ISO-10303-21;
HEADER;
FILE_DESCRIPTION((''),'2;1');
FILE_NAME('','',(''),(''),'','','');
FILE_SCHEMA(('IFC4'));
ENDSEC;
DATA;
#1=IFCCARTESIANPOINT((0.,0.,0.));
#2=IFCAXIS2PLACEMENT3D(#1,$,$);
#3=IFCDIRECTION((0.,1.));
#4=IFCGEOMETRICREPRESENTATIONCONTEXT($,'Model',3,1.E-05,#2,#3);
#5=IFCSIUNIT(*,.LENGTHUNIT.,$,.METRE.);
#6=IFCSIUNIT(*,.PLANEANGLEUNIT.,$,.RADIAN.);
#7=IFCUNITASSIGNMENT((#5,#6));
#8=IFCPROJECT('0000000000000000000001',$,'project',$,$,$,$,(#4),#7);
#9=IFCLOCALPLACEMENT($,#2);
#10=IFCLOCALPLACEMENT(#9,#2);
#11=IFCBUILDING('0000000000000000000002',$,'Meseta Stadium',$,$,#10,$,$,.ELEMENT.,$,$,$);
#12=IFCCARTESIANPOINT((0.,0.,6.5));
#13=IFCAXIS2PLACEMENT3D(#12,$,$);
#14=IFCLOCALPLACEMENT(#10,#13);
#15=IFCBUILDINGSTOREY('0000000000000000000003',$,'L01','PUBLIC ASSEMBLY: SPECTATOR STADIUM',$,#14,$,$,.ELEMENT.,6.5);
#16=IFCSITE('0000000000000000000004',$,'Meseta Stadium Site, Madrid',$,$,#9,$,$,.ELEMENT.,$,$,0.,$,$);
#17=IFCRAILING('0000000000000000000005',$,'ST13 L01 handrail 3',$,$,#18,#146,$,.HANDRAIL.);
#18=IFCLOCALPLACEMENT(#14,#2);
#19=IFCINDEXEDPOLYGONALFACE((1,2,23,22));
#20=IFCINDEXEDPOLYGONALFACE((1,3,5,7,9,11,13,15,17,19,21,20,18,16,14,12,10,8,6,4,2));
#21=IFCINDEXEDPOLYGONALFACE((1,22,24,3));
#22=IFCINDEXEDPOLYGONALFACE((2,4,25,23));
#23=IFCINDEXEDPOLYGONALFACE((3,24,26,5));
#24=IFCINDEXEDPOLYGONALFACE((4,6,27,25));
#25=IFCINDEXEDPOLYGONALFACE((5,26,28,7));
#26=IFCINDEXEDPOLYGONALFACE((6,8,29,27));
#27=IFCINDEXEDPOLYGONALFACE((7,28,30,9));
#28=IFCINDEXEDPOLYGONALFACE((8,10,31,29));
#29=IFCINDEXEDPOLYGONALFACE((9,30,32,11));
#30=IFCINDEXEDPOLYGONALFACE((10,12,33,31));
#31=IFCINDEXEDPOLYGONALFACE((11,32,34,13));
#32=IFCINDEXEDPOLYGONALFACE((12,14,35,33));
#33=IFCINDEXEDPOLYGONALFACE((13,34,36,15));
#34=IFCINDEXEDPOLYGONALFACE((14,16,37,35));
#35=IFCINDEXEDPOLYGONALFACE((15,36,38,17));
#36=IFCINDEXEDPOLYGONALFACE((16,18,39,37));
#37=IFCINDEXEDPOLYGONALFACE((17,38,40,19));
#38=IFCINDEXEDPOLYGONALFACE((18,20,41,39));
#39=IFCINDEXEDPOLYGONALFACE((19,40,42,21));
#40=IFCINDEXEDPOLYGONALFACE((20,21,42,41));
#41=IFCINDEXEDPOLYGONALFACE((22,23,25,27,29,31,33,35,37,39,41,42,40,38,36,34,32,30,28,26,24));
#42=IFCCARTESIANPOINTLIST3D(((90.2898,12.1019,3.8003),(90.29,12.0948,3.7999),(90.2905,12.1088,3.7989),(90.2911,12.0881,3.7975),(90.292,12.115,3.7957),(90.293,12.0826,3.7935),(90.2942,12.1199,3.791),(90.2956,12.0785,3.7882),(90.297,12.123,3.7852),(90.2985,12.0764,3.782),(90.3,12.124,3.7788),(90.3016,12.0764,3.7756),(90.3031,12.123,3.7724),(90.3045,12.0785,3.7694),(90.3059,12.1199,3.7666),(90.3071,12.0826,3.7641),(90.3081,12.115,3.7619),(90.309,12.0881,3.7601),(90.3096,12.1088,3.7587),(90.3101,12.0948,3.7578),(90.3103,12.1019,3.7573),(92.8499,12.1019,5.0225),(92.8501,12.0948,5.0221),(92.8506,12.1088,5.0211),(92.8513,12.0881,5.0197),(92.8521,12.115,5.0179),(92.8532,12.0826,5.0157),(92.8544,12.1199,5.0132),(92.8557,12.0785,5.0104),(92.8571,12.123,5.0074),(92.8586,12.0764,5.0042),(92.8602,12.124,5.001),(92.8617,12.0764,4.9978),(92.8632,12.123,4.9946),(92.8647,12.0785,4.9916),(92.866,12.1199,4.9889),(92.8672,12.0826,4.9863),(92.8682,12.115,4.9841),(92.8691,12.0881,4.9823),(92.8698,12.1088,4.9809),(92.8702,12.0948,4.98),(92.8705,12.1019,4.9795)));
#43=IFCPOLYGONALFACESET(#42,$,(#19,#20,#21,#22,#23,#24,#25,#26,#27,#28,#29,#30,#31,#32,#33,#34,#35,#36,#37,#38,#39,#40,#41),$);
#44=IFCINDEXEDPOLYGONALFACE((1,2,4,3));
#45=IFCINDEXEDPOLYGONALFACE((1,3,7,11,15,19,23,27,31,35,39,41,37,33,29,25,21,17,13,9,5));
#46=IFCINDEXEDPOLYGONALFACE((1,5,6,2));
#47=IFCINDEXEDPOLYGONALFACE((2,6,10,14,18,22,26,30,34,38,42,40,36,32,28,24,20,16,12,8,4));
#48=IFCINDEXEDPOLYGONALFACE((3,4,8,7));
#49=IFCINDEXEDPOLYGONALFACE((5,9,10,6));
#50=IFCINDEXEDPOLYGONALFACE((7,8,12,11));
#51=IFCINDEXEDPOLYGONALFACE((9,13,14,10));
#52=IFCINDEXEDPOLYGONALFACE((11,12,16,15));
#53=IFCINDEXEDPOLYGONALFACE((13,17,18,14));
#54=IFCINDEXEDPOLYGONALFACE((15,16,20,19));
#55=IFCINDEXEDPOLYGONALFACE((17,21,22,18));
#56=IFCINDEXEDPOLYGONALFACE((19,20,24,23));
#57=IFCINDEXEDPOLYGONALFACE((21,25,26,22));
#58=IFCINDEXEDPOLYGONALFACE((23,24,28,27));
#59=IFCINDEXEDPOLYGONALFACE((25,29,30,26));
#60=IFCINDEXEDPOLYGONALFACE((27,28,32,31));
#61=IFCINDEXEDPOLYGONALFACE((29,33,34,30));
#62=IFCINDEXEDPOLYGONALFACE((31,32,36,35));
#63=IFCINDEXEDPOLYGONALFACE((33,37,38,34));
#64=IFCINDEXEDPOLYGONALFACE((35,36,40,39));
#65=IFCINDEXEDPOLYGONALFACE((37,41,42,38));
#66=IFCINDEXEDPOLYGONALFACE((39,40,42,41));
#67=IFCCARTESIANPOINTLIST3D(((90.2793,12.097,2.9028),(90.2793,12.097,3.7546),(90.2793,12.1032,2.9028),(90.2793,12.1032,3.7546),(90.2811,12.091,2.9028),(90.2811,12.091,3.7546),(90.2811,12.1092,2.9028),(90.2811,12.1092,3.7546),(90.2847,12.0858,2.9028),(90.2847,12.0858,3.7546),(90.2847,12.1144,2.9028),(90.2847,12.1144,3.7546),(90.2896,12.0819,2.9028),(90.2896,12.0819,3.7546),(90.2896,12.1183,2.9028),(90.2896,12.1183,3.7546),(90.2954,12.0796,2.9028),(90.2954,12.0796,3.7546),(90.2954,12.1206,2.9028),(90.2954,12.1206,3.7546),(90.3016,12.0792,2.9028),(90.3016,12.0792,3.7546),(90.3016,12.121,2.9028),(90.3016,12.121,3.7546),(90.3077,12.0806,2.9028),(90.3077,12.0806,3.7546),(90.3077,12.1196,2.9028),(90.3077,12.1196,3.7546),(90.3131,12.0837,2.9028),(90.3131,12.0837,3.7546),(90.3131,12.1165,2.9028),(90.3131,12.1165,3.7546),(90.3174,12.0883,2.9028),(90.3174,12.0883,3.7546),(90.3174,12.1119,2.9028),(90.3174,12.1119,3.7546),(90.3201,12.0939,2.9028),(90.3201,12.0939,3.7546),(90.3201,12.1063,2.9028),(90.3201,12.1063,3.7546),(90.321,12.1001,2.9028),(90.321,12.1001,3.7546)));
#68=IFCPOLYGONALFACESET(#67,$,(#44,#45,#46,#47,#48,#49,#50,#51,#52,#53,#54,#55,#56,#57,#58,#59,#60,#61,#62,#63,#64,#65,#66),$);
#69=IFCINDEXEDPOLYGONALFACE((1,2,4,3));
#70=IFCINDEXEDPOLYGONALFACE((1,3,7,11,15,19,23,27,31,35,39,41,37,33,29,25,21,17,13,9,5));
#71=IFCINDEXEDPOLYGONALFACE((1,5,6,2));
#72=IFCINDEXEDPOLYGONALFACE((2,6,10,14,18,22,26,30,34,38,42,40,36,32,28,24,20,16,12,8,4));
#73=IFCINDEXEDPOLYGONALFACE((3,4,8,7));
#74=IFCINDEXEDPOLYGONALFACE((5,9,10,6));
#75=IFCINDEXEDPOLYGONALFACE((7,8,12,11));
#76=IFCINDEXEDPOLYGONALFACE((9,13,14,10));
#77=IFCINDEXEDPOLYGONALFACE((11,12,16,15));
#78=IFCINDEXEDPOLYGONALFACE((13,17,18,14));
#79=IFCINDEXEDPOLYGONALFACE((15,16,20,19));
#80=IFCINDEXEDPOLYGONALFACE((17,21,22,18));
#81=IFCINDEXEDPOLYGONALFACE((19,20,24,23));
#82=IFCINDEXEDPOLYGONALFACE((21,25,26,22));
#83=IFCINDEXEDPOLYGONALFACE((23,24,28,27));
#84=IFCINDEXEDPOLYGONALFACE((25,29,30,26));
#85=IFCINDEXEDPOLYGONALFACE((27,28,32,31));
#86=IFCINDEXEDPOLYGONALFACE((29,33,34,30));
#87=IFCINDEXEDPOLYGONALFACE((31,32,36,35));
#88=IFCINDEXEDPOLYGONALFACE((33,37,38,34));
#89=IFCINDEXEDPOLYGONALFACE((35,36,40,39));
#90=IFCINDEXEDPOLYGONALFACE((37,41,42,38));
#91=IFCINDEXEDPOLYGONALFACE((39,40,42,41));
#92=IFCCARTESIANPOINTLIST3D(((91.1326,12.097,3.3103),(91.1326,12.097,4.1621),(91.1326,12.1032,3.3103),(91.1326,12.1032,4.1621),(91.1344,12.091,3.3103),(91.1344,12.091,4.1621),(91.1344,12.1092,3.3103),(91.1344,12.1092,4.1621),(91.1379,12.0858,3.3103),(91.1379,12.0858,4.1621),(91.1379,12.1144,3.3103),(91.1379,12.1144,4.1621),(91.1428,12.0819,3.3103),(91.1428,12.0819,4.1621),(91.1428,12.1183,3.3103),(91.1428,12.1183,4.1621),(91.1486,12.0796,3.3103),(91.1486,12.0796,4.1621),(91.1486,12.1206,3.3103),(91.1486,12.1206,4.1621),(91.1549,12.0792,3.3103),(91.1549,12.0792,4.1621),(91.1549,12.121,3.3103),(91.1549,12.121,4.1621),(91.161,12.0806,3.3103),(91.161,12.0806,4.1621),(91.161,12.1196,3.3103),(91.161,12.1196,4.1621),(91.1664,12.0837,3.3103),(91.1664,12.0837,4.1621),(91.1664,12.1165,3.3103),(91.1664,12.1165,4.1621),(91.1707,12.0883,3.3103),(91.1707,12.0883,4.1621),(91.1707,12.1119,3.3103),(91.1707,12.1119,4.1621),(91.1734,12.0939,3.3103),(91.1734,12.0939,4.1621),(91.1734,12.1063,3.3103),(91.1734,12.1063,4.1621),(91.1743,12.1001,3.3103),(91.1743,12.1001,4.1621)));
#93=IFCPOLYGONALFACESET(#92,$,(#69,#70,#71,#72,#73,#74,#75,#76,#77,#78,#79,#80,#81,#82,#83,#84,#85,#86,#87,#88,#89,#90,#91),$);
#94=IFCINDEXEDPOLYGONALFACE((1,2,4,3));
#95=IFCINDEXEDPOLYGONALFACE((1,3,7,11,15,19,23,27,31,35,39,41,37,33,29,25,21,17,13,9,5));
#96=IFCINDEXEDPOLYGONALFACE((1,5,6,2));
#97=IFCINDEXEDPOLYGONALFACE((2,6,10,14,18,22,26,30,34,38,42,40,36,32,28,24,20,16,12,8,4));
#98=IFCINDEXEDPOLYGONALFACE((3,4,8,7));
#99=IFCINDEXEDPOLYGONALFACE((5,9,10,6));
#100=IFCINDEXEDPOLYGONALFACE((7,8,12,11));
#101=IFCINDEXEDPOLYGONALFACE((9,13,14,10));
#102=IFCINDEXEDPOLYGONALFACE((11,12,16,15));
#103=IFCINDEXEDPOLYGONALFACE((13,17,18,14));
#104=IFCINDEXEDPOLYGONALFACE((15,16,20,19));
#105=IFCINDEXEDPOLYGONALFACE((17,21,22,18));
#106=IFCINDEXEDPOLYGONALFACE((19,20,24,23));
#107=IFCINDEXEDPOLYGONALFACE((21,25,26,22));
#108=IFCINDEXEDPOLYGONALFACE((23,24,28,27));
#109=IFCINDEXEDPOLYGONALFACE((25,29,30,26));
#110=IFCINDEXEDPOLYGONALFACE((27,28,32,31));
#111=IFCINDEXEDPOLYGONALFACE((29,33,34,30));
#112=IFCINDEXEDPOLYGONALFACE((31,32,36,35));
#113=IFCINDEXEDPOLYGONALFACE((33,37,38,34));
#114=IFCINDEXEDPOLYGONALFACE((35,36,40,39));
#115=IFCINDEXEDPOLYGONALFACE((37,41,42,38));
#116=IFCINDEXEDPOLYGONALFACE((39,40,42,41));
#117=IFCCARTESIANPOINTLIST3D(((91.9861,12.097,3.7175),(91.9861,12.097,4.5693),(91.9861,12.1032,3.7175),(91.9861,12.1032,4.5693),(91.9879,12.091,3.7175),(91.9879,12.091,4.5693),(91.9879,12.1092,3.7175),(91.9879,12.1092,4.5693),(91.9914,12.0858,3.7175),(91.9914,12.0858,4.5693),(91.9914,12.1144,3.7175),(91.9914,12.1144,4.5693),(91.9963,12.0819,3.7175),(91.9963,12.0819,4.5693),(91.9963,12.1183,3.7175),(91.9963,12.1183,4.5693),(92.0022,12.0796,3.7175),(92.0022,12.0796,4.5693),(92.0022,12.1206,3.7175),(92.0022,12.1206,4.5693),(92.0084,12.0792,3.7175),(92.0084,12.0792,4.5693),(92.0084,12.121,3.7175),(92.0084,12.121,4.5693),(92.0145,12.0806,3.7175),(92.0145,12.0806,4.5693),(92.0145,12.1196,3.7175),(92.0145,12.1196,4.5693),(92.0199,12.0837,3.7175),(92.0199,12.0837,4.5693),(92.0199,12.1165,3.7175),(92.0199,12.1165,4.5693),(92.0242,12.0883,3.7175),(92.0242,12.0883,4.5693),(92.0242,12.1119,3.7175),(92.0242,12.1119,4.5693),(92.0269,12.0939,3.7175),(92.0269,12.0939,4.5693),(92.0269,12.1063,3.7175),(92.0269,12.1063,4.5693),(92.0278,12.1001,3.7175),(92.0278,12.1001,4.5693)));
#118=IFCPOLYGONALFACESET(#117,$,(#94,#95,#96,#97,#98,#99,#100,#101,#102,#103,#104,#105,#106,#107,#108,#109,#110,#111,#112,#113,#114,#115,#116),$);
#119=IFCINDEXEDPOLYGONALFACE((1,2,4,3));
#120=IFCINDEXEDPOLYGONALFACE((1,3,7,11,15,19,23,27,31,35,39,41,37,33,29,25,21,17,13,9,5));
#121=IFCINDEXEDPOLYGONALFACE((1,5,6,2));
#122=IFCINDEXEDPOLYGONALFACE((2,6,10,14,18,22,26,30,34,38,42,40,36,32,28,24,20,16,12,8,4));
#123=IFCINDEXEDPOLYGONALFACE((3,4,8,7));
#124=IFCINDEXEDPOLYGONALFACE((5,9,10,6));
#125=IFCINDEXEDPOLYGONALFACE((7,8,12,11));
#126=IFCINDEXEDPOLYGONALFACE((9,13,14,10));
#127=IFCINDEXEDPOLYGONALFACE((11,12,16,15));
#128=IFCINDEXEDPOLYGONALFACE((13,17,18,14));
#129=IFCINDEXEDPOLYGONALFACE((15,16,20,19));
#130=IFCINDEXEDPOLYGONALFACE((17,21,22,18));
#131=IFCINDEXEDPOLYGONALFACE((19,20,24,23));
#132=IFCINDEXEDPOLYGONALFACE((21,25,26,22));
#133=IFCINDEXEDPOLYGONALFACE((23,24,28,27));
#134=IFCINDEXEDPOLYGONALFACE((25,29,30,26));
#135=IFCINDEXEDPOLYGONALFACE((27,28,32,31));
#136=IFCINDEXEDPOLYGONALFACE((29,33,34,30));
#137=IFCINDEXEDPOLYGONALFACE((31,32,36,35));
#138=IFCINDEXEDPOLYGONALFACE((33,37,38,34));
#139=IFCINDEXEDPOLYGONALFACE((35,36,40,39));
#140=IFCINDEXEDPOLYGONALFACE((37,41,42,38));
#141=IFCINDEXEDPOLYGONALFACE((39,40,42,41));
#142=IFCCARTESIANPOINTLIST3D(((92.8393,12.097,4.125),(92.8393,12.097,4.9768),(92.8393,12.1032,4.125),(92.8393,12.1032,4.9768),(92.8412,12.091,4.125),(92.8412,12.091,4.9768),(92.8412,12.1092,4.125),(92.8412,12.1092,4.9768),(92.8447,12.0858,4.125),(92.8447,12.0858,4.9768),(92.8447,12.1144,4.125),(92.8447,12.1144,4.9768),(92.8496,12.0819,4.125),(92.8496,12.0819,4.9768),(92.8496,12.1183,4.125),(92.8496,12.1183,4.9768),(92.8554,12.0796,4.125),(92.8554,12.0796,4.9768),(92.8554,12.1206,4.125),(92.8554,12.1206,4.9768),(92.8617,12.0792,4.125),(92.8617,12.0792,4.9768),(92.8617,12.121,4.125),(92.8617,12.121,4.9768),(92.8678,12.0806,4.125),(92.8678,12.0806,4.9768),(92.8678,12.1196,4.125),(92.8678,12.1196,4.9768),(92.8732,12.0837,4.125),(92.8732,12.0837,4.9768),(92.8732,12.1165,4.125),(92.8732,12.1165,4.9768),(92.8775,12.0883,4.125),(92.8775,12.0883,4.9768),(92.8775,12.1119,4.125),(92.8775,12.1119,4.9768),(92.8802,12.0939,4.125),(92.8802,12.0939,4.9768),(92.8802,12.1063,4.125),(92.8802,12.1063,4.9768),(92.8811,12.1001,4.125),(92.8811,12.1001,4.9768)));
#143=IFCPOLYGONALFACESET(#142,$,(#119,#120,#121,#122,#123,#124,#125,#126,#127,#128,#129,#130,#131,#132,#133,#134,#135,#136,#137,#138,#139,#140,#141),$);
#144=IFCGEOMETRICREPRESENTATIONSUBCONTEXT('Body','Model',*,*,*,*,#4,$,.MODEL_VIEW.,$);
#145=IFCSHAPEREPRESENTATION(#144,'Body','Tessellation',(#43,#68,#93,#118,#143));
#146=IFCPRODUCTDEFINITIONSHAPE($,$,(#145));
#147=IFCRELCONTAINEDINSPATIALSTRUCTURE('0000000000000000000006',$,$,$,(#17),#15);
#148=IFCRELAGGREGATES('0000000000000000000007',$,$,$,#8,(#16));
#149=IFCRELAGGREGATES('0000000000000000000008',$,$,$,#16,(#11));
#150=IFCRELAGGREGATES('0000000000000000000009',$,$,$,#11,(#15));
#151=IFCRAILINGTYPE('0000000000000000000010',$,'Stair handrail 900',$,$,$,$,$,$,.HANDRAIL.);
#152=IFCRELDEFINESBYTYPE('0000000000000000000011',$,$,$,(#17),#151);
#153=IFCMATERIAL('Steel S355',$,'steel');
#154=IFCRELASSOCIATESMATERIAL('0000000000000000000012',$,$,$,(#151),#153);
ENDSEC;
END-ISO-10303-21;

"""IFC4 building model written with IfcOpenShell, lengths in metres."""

from ifc_helpers import new_model, si_unit, direction, frame, origin, origin_2d, place, context, subcontext, project, spatial, circle, extrude, material, type_object, element, save


model = new_model("IFC4")

# Units and contexts
model_context = context("Model", 3, precision=1e-05, world=origin(), true_north=direction((0.0, 1.0)))
body_context = subcontext(model_context, "Body", "Model", "MODEL_VIEW")
ifc_project = project(units=[si_unit("LENGTHUNIT", "METRE"), si_unit("PLANEANGLEUNIT", "RADIAN")], contexts=[model_context])

# Site, building, storey
site_placement = place(None, origin())
site = spatial("IfcSite", under=ifc_project, at=site_placement, Name="Meseta Stadium Site, Madrid", CompositionType="ELEMENT", RefElevation=0.0)
building_placement = place(site_placement, origin())
building = spatial("IfcBuilding", under=site, at=building_placement, Name="Meseta Stadium", CompositionType="ELEMENT")
storey_placement = place(building_placement, frame((0.0, 0.0, 6.5)))
storey = spatial("IfcBuildingStorey", under=building, at=storey_placement, Name="L01", Description="PUBLIC ASSEMBLY: SPECTATOR STADIUM", CompositionType="ELEMENT", Elevation=6.5)

# Railing
ifc_material_1 = material(Name="Steel S355", Category="steel")
railing_type = type_object("IfcRailingType", Name="Stair handrail 900", PredefinedType="HANDRAIL", material=ifc_material_1)
for number, where, name in (
    (1, (90.3, 12.1001, 2.9028), "ST13 L01 handrail 3"),
):
    element("IfcRailing", number, at=place(storey_placement, frame(where)), inside=storey, type_object=railing_type, Name=name, PredefinedType="HANDRAIL", context=body_context, shape_type="SweptSolid", body=[
        extrude(circle(Radius=0.0239, at=origin_2d()), frame((0.0, 0.0, 0.876), z_axis=(0.902437, 0.0, 0.430822), x_axis=(0.0, 1.0, 0.0)), (0.0, 0.0, 1.0), 2.8369),
        extrude(circle(Radius=0.021, at=origin_2d()), origin(), (0.0, 0.0, 1.0), 0.8518),
        extrude(circle(Radius=0.021, at=origin_2d()), frame((0.8533, 0.0, 0.4075)), (0.0, 0.0, 1.0), 0.8518),
        extrude(circle(Radius=0.021, at=origin_2d()), frame((1.7068, 0.0, 0.8147)), (0.0, 0.0, 1.0), 0.8518),
        extrude(circle(Radius=0.021, at=origin_2d()), frame((2.5601, 0.0, 1.2222)), (0.0, 0.0, 1.0), 0.8518),
    ])

save(model, "model.ifc")
